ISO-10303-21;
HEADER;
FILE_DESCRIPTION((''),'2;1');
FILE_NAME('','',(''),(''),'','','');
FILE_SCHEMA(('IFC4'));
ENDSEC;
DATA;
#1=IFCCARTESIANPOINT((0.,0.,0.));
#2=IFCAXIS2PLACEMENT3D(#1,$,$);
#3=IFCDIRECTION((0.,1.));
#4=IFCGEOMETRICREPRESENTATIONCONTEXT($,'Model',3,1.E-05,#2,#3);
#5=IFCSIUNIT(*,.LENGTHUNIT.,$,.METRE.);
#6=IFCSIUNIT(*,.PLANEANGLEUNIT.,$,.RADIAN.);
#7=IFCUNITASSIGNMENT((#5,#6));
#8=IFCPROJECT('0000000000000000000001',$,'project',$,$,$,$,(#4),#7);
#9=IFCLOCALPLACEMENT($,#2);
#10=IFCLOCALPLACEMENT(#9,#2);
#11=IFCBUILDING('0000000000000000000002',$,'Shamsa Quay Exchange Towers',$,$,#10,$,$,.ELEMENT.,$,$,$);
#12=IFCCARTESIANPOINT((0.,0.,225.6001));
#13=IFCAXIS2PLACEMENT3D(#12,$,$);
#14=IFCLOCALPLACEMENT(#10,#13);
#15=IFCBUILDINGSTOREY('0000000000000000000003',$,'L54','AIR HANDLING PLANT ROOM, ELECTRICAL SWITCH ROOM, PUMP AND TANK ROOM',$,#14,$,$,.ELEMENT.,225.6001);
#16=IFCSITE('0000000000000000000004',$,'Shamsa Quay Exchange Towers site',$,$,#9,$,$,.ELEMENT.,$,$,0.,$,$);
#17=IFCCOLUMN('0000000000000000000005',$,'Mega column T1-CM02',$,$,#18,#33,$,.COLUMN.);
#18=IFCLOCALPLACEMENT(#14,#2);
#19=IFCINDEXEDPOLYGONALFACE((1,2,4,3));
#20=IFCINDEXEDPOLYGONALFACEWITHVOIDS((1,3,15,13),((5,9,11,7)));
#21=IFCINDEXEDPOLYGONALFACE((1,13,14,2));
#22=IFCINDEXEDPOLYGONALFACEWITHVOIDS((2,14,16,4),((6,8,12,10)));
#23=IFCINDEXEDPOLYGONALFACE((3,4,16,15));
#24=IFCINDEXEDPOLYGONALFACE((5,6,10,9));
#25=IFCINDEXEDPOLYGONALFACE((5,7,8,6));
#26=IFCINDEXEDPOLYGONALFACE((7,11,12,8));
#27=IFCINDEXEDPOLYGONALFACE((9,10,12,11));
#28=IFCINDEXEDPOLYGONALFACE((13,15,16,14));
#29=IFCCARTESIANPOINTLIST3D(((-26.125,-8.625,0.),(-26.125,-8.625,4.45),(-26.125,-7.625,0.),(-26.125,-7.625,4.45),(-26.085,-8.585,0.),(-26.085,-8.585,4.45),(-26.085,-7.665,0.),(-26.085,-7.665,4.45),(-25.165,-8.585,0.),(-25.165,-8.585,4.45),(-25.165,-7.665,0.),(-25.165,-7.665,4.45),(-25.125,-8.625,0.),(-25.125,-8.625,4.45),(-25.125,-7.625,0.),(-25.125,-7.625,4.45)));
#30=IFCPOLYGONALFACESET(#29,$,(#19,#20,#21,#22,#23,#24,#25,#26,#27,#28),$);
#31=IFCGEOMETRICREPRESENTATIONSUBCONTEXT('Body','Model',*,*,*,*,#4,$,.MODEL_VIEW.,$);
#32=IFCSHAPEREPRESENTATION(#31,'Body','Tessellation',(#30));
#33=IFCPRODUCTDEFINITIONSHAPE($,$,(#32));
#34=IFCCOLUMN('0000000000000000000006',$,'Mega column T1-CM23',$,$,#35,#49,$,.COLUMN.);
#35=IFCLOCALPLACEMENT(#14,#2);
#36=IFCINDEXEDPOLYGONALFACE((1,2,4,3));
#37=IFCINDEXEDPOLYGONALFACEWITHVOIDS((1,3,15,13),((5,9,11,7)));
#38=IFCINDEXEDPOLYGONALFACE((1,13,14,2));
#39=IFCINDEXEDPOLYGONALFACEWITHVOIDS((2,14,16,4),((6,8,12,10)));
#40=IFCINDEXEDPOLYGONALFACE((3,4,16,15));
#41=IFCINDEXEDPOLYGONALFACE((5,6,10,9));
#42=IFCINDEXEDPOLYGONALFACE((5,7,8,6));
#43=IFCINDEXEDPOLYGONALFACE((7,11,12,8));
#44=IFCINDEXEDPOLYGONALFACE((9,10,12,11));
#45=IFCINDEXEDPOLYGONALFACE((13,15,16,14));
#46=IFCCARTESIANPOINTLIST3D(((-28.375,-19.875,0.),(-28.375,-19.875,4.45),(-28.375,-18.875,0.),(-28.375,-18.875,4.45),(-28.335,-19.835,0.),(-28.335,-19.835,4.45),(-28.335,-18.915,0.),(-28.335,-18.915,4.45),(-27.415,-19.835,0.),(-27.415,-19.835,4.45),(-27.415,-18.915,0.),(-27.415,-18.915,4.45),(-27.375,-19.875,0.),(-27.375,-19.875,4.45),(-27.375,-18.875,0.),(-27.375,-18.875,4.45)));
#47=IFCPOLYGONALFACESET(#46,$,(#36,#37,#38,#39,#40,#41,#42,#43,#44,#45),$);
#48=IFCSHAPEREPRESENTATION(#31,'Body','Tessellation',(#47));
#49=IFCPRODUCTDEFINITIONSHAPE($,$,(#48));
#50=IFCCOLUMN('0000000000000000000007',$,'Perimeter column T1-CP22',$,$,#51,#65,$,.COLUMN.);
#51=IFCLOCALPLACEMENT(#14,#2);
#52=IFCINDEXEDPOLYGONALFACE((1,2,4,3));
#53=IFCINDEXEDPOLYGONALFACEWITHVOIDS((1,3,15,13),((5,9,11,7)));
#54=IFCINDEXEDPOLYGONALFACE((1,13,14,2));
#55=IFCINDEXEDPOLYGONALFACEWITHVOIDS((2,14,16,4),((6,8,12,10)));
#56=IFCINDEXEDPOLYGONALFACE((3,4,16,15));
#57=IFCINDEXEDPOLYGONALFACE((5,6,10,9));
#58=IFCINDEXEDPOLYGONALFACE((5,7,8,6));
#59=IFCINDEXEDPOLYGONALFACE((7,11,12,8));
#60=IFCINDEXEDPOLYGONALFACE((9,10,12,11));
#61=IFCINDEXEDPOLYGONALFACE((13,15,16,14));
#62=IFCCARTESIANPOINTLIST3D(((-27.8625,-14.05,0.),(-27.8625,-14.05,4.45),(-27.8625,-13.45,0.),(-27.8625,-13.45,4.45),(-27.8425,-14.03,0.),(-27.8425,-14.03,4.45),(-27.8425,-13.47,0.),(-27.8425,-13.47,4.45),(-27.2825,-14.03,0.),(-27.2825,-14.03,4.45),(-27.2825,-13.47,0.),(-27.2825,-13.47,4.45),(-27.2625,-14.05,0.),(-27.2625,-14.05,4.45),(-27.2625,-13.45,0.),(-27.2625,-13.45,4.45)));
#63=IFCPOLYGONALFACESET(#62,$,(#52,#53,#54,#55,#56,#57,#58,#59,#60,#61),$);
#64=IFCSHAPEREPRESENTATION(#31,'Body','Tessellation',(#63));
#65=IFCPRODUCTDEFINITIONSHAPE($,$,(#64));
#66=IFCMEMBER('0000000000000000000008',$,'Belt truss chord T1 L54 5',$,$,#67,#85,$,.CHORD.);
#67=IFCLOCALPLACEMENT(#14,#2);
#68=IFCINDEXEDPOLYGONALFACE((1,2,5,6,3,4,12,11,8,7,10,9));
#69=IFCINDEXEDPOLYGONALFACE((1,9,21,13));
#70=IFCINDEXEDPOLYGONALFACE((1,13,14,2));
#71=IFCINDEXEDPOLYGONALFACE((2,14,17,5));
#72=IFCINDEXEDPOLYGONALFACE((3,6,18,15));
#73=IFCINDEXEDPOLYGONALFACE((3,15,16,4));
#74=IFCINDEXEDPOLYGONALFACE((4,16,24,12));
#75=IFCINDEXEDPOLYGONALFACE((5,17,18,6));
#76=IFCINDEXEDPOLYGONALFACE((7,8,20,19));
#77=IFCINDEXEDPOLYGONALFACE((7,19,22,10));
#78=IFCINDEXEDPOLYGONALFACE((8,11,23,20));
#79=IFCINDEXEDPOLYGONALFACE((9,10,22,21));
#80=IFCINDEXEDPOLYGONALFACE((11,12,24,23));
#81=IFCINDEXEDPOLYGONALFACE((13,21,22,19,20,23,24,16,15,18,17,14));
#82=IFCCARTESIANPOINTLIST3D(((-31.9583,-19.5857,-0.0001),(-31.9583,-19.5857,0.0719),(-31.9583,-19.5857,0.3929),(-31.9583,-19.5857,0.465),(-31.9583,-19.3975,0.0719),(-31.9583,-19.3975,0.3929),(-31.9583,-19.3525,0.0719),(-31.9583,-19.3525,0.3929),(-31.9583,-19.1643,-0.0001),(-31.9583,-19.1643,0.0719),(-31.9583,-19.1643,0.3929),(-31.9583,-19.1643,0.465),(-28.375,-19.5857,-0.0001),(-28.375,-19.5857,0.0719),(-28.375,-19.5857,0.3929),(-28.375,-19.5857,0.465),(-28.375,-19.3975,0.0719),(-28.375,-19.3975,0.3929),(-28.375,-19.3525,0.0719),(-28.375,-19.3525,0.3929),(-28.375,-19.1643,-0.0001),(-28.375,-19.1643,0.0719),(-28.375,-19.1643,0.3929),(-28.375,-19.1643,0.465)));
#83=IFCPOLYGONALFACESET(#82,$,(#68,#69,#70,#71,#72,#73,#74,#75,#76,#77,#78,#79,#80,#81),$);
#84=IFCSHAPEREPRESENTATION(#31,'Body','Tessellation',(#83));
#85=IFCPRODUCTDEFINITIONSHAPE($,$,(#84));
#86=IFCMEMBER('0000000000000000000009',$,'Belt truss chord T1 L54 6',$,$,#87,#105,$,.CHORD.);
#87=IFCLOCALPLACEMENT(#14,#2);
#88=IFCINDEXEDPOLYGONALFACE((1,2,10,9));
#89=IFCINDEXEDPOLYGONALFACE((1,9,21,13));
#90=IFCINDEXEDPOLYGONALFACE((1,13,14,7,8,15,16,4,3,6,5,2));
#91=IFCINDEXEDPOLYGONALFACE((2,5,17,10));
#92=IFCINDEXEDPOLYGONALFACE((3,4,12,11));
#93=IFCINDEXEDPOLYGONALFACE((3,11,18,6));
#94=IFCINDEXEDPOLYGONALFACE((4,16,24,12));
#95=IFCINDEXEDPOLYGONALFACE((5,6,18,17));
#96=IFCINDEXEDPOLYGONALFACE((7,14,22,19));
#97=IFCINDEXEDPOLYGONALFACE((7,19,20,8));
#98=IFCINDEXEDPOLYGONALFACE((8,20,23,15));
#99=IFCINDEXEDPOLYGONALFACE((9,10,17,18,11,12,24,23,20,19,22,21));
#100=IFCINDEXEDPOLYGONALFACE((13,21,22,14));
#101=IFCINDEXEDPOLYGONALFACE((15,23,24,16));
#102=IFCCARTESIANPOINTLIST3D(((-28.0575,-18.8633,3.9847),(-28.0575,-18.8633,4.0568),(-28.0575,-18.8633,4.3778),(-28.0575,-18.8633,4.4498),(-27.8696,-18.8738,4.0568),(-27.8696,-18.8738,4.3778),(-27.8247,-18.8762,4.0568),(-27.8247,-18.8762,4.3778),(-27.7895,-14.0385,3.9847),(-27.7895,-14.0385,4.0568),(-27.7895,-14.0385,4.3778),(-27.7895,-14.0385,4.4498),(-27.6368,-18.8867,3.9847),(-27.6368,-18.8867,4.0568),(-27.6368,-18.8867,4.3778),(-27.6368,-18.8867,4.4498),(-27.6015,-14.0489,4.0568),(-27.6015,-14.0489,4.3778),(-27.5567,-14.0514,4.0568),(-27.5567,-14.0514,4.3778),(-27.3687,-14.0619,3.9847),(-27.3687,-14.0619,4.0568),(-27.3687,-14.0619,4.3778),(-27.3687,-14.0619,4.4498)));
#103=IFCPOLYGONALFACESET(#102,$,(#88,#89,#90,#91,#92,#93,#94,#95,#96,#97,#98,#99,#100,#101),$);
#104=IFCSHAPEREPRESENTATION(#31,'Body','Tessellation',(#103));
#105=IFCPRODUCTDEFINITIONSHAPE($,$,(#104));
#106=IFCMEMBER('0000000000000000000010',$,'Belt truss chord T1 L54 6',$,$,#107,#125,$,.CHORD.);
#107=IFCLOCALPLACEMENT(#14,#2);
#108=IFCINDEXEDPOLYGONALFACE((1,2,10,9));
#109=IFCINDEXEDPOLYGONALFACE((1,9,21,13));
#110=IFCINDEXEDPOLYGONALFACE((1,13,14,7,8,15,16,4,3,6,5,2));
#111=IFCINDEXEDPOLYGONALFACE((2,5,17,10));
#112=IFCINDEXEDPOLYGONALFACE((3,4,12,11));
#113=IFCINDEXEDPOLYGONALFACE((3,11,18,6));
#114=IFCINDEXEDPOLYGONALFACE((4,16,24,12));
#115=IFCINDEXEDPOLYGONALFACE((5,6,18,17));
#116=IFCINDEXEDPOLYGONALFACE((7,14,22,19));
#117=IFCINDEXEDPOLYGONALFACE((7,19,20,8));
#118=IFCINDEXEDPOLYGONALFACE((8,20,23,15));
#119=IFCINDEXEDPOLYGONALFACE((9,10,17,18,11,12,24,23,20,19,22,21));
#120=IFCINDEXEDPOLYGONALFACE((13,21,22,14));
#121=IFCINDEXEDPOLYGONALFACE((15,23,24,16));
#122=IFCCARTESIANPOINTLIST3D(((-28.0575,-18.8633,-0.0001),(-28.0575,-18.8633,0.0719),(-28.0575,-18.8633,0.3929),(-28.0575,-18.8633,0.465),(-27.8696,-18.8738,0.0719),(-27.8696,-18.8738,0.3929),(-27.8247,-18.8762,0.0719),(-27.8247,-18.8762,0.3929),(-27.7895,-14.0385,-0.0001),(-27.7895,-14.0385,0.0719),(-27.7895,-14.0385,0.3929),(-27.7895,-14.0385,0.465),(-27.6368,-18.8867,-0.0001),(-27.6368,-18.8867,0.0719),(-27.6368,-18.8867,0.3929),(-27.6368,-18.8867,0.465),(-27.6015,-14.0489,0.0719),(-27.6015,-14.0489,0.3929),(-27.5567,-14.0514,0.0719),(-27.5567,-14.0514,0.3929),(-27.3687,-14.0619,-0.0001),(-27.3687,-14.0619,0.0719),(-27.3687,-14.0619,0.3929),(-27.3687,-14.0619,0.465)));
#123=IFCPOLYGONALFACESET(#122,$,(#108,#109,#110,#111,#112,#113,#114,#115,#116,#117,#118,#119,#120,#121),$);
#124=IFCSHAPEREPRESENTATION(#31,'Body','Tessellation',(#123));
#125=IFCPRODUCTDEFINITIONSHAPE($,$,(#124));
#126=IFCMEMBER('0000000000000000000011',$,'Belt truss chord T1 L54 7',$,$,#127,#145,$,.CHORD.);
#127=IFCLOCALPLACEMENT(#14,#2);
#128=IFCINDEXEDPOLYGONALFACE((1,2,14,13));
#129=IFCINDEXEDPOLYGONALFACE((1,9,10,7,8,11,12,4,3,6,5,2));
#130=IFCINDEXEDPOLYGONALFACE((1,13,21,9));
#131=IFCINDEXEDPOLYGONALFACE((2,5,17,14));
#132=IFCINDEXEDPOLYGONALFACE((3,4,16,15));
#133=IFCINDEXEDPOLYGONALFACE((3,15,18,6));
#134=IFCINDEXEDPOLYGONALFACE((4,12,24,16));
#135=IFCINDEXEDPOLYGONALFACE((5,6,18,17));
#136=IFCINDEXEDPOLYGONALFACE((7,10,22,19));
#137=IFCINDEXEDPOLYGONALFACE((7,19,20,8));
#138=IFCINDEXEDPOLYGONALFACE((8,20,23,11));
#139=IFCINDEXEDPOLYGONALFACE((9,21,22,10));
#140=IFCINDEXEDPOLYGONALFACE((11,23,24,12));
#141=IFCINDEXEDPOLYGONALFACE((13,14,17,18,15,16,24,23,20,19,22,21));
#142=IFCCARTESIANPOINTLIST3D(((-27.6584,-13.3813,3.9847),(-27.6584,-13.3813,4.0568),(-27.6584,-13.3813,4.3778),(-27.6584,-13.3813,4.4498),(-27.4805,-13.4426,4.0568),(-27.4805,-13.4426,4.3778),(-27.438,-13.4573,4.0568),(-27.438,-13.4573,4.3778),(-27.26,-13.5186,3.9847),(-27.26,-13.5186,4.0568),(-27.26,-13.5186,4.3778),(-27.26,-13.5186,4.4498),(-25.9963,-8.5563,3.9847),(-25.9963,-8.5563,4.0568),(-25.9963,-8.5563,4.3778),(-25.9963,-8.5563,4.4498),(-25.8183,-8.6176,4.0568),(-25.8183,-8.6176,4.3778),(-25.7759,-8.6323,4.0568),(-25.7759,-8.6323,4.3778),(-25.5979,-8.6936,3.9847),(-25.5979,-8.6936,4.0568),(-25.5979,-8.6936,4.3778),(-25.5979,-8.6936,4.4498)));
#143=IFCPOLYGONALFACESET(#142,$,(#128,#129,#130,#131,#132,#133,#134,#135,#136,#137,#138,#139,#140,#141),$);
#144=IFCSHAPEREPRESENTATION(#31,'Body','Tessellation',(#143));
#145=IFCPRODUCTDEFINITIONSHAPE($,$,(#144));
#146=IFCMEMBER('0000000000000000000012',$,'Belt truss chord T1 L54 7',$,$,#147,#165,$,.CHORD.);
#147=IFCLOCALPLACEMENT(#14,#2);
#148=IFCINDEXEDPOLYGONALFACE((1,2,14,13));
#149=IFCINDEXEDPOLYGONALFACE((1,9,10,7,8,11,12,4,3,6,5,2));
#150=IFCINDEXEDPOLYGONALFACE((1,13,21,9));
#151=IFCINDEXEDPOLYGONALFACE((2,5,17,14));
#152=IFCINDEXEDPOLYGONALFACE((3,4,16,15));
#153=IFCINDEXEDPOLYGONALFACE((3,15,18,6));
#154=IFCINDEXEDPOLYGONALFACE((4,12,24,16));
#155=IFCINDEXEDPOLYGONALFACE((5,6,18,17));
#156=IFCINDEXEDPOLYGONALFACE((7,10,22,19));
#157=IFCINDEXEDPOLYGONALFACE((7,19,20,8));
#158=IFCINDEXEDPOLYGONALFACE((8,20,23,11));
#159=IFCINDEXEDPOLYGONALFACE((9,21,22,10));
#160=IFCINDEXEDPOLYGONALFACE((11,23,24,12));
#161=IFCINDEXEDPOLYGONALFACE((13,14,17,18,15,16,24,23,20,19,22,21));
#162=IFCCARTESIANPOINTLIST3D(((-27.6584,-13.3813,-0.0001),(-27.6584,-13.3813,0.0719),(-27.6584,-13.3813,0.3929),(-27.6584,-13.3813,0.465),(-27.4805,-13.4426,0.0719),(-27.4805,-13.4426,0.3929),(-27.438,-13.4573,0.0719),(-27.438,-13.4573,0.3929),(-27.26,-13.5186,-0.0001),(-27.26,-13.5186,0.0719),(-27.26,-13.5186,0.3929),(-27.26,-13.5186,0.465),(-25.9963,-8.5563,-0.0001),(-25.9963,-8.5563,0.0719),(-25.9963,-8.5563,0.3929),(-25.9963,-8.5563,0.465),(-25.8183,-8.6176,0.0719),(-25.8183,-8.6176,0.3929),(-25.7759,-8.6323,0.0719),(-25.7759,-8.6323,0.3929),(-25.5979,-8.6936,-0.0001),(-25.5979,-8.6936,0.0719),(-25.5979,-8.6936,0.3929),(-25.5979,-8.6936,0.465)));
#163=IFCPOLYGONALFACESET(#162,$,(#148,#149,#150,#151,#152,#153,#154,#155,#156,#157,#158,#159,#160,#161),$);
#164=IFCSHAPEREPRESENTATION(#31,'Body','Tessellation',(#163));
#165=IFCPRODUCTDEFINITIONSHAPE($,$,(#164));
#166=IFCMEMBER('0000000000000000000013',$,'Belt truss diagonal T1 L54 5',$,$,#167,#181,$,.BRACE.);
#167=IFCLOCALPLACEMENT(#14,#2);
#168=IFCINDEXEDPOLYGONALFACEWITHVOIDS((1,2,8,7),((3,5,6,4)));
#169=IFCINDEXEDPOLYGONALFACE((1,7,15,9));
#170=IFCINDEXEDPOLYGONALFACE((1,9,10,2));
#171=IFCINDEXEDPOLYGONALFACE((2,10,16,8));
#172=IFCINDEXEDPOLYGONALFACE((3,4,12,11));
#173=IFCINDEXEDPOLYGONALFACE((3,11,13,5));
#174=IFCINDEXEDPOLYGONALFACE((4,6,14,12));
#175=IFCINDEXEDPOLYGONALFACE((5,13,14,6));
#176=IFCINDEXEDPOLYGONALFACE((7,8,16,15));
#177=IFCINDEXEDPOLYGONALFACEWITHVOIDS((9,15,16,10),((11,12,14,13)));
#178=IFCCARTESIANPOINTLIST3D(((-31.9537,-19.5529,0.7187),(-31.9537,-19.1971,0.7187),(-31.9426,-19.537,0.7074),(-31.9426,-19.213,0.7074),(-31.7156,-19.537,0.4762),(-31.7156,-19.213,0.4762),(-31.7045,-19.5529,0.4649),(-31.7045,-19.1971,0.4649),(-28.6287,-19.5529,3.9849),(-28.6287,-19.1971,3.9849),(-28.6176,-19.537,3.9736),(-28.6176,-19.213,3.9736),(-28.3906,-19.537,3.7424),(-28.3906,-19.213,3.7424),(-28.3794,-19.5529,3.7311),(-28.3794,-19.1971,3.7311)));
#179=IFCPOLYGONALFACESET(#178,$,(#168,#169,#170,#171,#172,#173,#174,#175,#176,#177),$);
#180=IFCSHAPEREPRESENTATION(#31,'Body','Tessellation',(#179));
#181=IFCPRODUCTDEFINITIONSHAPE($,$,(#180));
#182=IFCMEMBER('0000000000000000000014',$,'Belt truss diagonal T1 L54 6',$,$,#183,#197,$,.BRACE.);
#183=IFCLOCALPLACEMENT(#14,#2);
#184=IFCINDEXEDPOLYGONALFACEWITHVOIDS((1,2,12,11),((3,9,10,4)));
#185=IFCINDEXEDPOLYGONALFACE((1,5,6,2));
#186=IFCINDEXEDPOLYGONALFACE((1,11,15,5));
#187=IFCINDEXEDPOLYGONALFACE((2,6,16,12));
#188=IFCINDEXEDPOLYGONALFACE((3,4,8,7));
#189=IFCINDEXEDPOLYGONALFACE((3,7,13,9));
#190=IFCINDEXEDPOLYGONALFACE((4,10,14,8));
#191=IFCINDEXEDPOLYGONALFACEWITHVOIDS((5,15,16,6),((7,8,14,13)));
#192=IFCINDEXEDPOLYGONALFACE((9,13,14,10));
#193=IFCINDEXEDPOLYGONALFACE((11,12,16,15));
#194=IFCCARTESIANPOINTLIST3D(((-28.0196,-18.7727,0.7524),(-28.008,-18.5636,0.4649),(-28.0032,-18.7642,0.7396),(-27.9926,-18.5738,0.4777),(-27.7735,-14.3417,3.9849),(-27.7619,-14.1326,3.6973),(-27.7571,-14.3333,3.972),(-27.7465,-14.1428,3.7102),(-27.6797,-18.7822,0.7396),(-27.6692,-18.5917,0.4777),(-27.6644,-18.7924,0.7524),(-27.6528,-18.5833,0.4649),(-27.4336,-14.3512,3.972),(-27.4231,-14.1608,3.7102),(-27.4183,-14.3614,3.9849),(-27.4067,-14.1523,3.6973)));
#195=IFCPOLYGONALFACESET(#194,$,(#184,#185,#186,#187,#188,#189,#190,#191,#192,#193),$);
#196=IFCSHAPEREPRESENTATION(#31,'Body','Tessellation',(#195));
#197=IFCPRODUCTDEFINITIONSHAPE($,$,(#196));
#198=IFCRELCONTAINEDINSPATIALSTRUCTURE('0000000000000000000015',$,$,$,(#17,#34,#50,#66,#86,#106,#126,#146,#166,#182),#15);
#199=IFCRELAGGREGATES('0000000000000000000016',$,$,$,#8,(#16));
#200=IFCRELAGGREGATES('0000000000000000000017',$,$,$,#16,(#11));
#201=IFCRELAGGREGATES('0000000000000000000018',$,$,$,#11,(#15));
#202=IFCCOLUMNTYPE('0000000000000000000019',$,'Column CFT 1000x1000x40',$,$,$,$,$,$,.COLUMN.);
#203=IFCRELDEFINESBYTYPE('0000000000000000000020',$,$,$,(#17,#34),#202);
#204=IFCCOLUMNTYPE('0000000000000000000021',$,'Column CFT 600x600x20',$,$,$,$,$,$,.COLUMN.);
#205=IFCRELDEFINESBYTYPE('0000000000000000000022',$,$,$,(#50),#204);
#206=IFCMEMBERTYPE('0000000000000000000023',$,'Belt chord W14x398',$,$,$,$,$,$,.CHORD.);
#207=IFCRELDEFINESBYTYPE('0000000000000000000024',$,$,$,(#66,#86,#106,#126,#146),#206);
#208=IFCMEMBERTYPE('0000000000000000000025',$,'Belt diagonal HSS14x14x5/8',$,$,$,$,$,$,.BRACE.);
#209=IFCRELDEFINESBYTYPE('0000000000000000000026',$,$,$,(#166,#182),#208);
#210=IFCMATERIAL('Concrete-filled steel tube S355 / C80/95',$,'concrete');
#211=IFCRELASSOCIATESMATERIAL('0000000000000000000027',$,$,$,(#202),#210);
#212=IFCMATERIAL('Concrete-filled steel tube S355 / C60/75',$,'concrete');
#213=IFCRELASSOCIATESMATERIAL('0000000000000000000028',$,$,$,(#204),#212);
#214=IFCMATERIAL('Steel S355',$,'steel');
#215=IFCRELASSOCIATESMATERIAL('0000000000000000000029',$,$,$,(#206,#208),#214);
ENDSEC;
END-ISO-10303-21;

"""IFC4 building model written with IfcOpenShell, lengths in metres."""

from ifc_helpers import new_model, si_unit, direction, frame, origin, origin_2d, place, context, subcontext, project, spatial, hollow_rectangle, i_section, extrude, material, material_profile, profile_set, type_object, element, save


model = new_model("IFC4")

# Units and contexts
model_context = context("Model", 3, precision=1e-05, world=origin(), true_north=direction((0.0, 1.0)))
body_context = subcontext(model_context, "Body", "Model", "MODEL_VIEW")
ifc_project = project(units=[si_unit("LENGTHUNIT", "METRE"), si_unit("PLANEANGLEUNIT", "RADIAN")], contexts=[model_context])

# Site, building, storey
site_placement = place(None, origin())
site = spatial("IfcSite", under=ifc_project, at=site_placement, Name="Shamsa Quay Exchange Towers site", CompositionType="ELEMENT", RefElevation=0.0)
building_placement = place(site_placement, origin())
building = spatial("IfcBuilding", under=site, at=building_placement, Name="Shamsa Quay Exchange Towers", CompositionType="ELEMENT")
storey_placement = place(building_placement, frame((0.0, 0.0, 225.6001)))
storey = spatial("IfcBuildingStorey", under=building, at=storey_placement, Name="L54", Description="AIR HANDLING PLANT ROOM, ELECTRICAL SWITCH ROOM, PUMP AND TANK ROOM", CompositionType="ELEMENT", Elevation=225.6001)

# Columns
ifc_material_1 = material(Name="Concrete-filled steel tube S355 / C80/95", Category="concrete")
ifc_material_profile_1 = material_profile(ifc_material_1, hollow_rectangle(XDim=1.0, YDim=1.0, WallThickness=0.04, at=origin_2d()), Name="CFT 1000x1000x40")
ifc_profile_set_1 = profile_set([ifc_material_profile_1], Name="Concrete-filled steel tube S355 / C80/95")
column_type_1 = type_object("IfcColumnType", Name="Column CFT 1000x1000x40", PredefinedType="COLUMN", material=ifc_profile_set_1)
for number, where, name in (
    (1, (-25.625, -8.125, 0.0), "Mega column T1-CM02"),
    (2, (-27.875, -19.375, 0.0), "Mega column T1-CM23"),
):
    element("IfcColumn", number, at=place(storey_placement, frame(where)), inside=storey, type_object=column_type_1, Name=name, PredefinedType="COLUMN", context=body_context, shape_type="SweptSolid", body=[
        extrude(hollow_rectangle(XDim=1.0, YDim=1.0, WallThickness=0.04, at=origin_2d()), origin(), (0.0, 0.0, 1.0), 4.45),
    ])
ifc_material_2 = material(Name="Concrete-filled steel tube S355 / C60/75", Category="concrete")
ifc_material_profile_2 = material_profile(ifc_material_2, hollow_rectangle(XDim=0.6001, YDim=0.6001, WallThickness=0.02, at=origin_2d()), Name="CFT 600x600x20")
ifc_profile_set_2 = profile_set([ifc_material_profile_2], Name="Concrete-filled steel tube S355 / C60/75")
column_type_2 = type_object("IfcColumnType", Name="Column CFT 600x600x20", PredefinedType="COLUMN", material=ifc_profile_set_2)
column_placement = place(storey_placement, frame((-27.5625, -13.75, 0.0)))
element("IfcColumn", 3, at=column_placement, inside=storey, type_object=column_type_2, Name="Perimeter column T1-CP22", PredefinedType="COLUMN", context=body_context, shape_type="SweptSolid", body=[
    extrude(hollow_rectangle(XDim=0.6001, YDim=0.6001, WallThickness=0.02, at=origin_2d()), origin(), (0.0, 0.0, 1.0), 4.45),
])

# Members
ifc_material_3 = material(Name="Steel S355", Category="steel")
ifc_material_profile_3 = material_profile(ifc_material_3, i_section(OverallWidth=0.4214, OverallDepth=0.4651, WebThickness=0.0449, FlangeThickness=0.072, at=origin_2d()), Name="W14x398")
ifc_profile_set_3 = profile_set([ifc_material_profile_3], Name="Steel S355")
member_type_1 = type_object("IfcMemberType", Name="Belt chord W14x398", PredefinedType="CHORD", material=ifc_profile_set_3)
member_1_placement = place(storey_placement, frame((-31.9583, -19.375, 0.2324), z_axis=(1.0, 0.0, 0.0), x_axis=(0.0, 1.0, 0.0)))
element("IfcMember", 4, at=member_1_placement, inside=storey, type_object=member_type_1, Name="Belt truss chord T1 L54 5", PredefinedType="CHORD", context=body_context, shape_type="SweptSolid", body=[
    extrude(i_section(OverallWidth=0.4214, OverallDepth=0.4651, WebThickness=0.0449, FlangeThickness=0.072, at=origin_2d()), origin(), (0.0, 0.0, 1.0), 3.5833),
])
for number, where, z_axis, x_axis, name in (
    (5, (-27.8472, -18.875, 4.2173), (0.055473, 0.99846, 0.0), (-0.99846, 0.055473, 0.0), "Belt truss chord T1 L54 6"),
    (6, (-27.8472, -18.875, 0.2324), (0.055473, 0.99846, 0.0), (-0.99846, 0.055473, 0.0), "Belt truss chord T1 L54 6"),
):
    element("IfcMember", number, at=place(storey_placement, frame(where, z_axis=z_axis, x_axis=x_axis)), inside=storey, type_object=member_type_1, Name=name, PredefinedType="CHORD", context=body_context, shape_type="SweptSolid", body=[
        extrude(i_section(OverallWidth=0.4214, OverallDepth=0.4651, WebThickness=0.0449, FlangeThickness=0.072, at=origin_2d()), origin(), (0.0, 0.0, 1.0), 4.8323),
    ])
for number, where, z_axis, x_axis, name in (
    (7, (-27.4592, -13.45, 4.2173), (0.325699, 0.945474, 0.0), (-0.945474, 0.325699, 0.0), "Belt truss chord T1 L54 7"),
    (8, (-27.4592, -13.45, 0.2324), (0.325699, 0.945474, 0.0), (-0.945474, 0.325699, 0.0), "Belt truss chord T1 L54 7"),
):
    element("IfcMember", number, at=place(storey_placement, frame(where, z_axis=z_axis, x_axis=x_axis)), inside=storey, type_object=member_type_1, Name=name, PredefinedType="CHORD", context=body_context, shape_type="SweptSolid", body=[
        extrude(i_section(OverallWidth=0.4214, OverallDepth=0.4651, WebThickness=0.0449, FlangeThickness=0.072, at=origin_2d()), origin(), (0.0, 0.0, 1.0), 5.1033),
    ])
ifc_material_profile_4 = material_profile(ifc_material_3, hollow_rectangle(XDim=0.3557, YDim=0.3557, WallThickness=0.0159, at=origin_2d()), Name="HSS14x14x5/8")
ifc_profile_set_4 = profile_set([ifc_material_profile_4], Name="Steel S355")
member_type_2 = type_object("IfcMemberType", Name="Belt diagonal HSS14x14x5/8", PredefinedType="BRACE", material=ifc_profile_set_4)
member_2_placement = place(storey_placement, frame((-31.8291, -19.375, 0.5918), z_axis=(0.713391, 0.0, 0.700767), x_axis=(0.0, 1.0, 0.0)))
element("IfcMember", 9, at=member_2_placement, inside=storey, type_object=member_type_2, Name="Belt truss diagonal T1 L54 5", PredefinedType="BRACE", context=body_context, shape_type="SweptSolid", body=[
    extrude(hollow_rectangle(XDim=0.3557, YDim=0.3557, WallThickness=0.0159, at=origin_2d()), origin(), (0.0, 0.0, 1.0), 4.6609),
])
member_3_placement = place(storey_placement, frame((-27.8362, -18.678, 0.6086), z_axis=(0.044824, 0.807061, 0.588764), x_axis=(-0.998461, 0.055455, 0.0)))
element("IfcMember", 10, at=member_3_placement, inside=storey, type_object=member_type_2, Name="Belt truss diagonal T1 L54 6", PredefinedType="BRACE", context=body_context, shape_type="SweptSolid", body=[
    extrude(hollow_rectangle(XDim=0.3557, YDim=0.3557, WallThickness=0.0159, at=origin_2d()), origin(), (0.0, 0.0, 1.0), 5.4902),
])

save(model, "model.ifc")
